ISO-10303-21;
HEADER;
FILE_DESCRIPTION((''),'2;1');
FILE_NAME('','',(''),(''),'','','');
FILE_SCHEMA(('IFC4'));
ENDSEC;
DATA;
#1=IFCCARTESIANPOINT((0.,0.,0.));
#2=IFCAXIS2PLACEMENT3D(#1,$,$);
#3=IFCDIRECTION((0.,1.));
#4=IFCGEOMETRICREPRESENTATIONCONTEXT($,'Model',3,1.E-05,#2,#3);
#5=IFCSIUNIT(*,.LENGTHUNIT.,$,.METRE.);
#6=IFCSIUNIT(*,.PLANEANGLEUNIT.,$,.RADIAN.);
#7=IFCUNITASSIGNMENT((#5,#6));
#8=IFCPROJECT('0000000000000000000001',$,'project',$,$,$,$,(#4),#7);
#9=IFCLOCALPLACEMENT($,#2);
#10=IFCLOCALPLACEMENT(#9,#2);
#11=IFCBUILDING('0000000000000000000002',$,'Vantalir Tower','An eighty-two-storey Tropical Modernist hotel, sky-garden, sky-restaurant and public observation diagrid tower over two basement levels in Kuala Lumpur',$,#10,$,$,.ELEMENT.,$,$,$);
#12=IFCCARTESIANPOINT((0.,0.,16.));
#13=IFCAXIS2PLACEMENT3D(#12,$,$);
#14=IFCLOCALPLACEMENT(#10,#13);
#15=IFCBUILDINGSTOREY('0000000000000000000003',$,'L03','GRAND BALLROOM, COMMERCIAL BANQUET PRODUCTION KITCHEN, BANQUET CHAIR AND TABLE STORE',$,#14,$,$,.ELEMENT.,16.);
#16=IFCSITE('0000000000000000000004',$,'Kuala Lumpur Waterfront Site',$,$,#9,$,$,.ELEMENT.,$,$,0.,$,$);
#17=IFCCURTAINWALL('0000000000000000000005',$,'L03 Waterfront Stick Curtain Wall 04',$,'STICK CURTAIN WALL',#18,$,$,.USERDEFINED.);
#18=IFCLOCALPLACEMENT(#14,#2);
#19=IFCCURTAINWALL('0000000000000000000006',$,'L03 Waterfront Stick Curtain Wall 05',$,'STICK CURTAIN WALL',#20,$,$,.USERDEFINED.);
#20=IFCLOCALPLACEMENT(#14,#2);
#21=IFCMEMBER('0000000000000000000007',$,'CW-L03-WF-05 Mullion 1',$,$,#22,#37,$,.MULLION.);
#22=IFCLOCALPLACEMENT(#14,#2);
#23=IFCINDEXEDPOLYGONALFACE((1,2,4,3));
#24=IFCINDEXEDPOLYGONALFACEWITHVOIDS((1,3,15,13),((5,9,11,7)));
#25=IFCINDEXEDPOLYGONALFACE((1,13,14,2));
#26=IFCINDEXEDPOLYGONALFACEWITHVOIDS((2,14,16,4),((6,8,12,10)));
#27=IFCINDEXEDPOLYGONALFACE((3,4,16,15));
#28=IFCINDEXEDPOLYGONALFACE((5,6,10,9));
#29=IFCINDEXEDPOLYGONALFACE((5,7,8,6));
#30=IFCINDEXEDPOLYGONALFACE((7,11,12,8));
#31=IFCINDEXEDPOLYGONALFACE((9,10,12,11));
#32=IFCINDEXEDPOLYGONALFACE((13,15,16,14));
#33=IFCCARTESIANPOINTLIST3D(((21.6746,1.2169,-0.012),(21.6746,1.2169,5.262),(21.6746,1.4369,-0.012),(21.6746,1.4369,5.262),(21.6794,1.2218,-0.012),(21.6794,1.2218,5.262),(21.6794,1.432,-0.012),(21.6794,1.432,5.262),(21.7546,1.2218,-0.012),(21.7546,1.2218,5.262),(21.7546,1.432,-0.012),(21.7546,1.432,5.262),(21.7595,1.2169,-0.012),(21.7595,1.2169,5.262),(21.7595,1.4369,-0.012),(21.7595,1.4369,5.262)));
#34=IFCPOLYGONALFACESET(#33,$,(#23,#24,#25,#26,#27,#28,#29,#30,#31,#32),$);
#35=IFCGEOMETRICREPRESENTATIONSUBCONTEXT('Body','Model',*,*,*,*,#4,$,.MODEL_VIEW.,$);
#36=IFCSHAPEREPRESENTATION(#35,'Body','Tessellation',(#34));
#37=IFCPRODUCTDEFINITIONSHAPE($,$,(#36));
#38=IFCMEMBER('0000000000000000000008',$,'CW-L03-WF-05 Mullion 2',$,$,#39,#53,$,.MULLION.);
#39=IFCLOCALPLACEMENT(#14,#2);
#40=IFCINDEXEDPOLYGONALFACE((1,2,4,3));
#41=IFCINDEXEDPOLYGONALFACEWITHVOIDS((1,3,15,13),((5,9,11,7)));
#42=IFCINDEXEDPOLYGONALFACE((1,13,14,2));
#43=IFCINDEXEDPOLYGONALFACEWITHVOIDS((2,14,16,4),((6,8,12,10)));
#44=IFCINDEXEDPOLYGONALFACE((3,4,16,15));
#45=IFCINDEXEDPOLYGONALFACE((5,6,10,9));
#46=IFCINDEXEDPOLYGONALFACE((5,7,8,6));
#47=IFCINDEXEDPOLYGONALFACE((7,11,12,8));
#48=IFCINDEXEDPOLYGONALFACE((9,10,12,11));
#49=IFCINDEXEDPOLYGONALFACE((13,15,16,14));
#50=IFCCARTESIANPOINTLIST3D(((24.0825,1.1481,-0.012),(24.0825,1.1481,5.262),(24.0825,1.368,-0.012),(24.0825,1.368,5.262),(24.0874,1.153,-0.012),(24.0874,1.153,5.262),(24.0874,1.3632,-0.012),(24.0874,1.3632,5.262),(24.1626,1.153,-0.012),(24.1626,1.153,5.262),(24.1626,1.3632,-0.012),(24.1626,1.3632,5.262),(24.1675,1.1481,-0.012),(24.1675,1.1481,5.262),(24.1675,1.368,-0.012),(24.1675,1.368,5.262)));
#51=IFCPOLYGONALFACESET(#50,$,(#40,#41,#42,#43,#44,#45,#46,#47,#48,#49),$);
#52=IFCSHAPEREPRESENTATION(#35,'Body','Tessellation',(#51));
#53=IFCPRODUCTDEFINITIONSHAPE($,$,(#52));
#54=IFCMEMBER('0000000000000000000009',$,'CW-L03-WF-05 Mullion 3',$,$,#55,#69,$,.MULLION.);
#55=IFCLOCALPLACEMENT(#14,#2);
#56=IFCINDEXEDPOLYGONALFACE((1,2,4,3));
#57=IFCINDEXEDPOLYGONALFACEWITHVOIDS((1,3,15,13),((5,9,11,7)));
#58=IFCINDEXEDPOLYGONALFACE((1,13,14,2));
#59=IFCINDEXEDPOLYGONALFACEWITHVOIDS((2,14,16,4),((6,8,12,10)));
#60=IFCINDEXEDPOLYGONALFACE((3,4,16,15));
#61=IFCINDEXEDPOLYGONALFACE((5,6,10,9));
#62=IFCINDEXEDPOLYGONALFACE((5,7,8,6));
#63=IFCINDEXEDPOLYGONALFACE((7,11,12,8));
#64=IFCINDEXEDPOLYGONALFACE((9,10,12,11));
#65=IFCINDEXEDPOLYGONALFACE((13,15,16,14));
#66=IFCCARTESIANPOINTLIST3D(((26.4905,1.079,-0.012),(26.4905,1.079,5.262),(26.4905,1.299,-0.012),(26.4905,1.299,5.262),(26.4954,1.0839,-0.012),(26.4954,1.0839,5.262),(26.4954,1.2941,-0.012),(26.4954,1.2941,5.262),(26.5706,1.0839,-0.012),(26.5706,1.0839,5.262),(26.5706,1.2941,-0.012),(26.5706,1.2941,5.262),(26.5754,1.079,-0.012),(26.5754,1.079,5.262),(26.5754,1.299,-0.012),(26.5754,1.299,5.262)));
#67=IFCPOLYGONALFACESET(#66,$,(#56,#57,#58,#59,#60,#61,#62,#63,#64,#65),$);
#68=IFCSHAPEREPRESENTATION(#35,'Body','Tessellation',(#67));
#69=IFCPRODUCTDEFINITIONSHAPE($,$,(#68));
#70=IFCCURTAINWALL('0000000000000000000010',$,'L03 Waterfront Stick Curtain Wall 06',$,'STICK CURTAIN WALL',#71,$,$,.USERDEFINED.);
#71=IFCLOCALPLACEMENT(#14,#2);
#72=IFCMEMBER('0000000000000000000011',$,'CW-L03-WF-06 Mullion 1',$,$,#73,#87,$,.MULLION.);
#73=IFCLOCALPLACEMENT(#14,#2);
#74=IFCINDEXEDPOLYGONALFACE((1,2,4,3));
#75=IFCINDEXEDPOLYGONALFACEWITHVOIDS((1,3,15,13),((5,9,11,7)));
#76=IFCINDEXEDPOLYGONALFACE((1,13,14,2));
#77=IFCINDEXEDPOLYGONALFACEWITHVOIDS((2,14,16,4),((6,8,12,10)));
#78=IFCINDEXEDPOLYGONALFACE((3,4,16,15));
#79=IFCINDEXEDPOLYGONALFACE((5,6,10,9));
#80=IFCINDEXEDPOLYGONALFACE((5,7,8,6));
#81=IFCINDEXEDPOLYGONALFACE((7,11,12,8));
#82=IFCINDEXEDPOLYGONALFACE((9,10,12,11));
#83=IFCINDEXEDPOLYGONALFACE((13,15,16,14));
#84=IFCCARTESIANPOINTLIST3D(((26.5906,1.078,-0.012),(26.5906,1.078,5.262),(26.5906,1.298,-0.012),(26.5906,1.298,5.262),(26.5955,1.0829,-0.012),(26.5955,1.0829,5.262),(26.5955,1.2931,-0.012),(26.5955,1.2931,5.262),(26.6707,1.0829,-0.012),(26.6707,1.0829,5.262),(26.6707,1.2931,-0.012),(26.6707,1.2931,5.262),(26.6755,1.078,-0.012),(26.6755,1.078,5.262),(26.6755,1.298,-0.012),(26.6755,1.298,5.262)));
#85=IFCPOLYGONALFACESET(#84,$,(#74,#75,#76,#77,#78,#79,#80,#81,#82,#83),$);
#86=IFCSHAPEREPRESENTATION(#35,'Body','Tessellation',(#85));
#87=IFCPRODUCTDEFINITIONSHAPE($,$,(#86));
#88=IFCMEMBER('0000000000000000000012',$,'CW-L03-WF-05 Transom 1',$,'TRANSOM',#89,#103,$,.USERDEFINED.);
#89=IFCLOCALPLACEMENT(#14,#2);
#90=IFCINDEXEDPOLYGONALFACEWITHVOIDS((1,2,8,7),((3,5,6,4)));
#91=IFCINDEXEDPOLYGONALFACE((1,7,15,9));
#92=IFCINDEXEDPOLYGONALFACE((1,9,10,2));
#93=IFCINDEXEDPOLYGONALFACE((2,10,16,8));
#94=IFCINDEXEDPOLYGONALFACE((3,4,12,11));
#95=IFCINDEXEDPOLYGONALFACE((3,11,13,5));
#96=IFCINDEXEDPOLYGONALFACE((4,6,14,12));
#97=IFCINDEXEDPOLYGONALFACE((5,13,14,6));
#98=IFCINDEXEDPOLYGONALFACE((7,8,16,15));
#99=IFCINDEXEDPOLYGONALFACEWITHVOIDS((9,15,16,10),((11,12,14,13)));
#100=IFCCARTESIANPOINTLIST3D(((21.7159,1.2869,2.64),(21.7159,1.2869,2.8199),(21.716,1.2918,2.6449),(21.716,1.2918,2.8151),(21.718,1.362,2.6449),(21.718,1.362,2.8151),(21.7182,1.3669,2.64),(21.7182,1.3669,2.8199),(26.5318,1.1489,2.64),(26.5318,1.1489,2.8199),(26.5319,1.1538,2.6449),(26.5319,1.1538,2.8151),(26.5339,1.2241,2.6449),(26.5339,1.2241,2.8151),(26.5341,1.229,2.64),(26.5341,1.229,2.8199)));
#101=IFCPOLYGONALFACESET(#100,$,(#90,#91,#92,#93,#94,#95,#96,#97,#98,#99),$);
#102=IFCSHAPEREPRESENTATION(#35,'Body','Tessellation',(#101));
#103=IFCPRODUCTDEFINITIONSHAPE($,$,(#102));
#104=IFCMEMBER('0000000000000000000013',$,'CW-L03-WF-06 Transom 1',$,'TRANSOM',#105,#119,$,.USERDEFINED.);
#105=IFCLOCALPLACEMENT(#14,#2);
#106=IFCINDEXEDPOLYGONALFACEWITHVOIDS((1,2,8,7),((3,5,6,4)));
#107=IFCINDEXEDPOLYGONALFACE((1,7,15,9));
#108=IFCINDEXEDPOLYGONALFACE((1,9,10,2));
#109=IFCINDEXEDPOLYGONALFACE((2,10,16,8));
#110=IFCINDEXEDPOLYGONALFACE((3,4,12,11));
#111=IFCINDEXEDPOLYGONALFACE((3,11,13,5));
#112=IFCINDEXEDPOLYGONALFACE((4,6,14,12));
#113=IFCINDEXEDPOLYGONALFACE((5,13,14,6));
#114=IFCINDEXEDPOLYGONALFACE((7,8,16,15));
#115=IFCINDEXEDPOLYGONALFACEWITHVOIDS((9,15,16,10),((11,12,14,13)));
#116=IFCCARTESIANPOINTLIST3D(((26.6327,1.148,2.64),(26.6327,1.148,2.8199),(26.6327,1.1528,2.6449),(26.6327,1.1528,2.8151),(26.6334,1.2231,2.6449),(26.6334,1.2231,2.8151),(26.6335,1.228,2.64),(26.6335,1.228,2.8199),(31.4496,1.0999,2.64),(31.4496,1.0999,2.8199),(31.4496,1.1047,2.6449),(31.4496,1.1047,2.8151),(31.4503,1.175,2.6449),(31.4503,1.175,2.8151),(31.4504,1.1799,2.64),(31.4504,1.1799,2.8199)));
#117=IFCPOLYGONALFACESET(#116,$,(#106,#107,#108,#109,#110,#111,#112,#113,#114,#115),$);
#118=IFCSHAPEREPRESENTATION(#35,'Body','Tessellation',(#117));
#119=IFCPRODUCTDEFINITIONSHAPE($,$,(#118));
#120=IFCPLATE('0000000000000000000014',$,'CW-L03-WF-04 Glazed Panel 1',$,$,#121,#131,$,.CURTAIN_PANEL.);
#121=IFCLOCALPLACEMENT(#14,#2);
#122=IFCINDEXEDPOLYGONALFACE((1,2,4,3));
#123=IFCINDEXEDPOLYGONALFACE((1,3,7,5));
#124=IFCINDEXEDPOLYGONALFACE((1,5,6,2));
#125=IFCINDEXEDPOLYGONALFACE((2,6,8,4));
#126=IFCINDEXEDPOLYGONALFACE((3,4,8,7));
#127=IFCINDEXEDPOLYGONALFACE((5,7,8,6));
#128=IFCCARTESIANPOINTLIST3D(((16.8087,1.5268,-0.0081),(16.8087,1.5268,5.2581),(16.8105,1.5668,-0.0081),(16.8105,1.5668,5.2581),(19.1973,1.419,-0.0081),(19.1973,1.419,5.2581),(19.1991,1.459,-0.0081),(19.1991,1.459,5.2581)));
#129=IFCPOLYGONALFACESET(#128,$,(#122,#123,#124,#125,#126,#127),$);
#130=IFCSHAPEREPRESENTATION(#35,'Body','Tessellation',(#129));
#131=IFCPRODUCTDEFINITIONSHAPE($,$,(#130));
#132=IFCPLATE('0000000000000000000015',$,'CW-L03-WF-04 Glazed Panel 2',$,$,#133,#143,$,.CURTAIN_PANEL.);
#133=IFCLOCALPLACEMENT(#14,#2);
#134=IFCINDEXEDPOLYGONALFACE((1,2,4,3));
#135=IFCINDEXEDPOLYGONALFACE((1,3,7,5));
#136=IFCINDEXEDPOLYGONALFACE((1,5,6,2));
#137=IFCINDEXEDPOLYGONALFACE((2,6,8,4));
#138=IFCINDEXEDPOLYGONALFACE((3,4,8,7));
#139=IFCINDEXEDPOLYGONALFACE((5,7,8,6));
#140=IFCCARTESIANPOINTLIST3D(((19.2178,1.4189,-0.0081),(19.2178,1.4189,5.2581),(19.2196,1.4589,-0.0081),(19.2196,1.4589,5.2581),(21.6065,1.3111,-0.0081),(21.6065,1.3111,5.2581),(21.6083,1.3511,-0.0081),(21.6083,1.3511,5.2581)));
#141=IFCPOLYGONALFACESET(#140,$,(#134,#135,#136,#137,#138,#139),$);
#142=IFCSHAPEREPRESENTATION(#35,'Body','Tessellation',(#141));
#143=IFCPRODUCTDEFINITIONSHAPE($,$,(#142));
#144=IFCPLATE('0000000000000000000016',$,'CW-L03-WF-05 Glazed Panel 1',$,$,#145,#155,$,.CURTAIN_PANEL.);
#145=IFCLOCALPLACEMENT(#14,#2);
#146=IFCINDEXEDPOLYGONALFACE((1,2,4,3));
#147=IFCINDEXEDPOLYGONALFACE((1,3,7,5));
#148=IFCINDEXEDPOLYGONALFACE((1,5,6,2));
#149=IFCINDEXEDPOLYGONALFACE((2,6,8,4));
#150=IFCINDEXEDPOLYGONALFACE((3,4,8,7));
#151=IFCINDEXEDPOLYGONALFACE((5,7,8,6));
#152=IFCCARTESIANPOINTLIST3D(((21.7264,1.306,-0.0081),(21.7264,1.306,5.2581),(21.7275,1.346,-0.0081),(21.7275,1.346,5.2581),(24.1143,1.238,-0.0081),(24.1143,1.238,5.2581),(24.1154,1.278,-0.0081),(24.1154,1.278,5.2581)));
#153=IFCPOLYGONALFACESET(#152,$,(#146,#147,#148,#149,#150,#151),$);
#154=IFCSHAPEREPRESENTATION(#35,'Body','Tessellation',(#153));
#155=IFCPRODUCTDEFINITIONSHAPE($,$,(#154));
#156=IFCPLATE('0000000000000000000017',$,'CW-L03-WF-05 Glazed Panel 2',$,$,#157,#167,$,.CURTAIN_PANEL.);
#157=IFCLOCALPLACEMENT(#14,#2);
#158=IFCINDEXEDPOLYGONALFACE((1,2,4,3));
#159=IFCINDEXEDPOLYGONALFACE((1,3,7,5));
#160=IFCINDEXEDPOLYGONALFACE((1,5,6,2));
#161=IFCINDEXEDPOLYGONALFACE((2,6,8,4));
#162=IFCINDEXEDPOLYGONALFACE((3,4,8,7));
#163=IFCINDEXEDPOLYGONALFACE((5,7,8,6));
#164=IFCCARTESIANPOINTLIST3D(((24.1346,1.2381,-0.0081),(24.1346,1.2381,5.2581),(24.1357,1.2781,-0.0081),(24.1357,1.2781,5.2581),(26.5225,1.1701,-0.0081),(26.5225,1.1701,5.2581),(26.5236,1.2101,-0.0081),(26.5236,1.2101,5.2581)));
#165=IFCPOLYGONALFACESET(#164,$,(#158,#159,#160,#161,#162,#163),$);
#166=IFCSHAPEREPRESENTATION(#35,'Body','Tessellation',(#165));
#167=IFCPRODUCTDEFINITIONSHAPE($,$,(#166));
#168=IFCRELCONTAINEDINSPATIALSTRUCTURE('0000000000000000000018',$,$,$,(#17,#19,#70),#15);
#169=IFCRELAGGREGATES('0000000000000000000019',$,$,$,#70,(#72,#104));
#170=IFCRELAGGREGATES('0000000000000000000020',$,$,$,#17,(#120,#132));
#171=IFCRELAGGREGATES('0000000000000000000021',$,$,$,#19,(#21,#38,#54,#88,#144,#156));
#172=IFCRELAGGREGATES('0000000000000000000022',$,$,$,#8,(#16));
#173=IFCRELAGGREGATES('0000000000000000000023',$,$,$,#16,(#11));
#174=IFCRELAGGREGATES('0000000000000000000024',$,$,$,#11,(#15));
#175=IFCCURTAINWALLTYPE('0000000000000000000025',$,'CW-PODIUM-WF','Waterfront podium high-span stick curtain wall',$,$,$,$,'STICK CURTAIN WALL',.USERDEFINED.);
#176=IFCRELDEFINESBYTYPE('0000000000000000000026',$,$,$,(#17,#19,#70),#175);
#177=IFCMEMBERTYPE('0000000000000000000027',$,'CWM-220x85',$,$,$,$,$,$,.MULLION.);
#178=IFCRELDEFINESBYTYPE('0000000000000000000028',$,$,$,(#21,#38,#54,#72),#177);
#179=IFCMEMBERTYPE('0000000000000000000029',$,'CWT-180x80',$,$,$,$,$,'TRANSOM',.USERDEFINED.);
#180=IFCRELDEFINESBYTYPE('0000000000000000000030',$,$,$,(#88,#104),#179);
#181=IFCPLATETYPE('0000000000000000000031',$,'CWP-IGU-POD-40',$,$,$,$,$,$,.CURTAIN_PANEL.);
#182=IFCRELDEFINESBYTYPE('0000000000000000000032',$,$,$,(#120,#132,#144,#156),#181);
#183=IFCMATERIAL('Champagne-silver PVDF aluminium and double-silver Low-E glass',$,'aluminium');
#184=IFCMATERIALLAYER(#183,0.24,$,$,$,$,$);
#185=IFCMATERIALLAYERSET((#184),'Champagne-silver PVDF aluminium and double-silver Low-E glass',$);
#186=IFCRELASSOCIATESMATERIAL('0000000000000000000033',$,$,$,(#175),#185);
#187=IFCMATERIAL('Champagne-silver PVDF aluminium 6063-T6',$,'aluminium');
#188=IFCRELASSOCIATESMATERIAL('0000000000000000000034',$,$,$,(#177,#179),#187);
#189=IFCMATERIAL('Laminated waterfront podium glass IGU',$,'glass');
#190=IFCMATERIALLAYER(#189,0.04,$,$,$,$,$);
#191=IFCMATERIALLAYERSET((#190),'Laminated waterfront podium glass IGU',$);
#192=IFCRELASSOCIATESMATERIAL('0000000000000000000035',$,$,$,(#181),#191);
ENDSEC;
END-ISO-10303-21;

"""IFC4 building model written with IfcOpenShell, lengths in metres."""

from ifc_helpers import new_model, si_unit, direction, frame, origin, origin_2d, place, context, subcontext, project, spatial, rectangle, hollow_rectangle, extrude, material, layer, layer_set, material_profile, profile_set, type_object, element, aggregate, save


model = new_model("IFC4")

# Units and contexts
model_context = context("Model", 3, precision=1e-05, world=origin(), true_north=direction((0.0, 1.0)))
body_context = subcontext(model_context, "Body", "Model", "MODEL_VIEW")
ifc_project = project(units=[si_unit("LENGTHUNIT", "METRE"), si_unit("PLANEANGLEUNIT", "RADIAN")], contexts=[model_context])

# Site, building, storey
site_placement = place(None, origin())
site = spatial("IfcSite", under=ifc_project, at=site_placement, Name="Kuala Lumpur Waterfront Site", CompositionType="ELEMENT", RefElevation=0.0)
building_placement = place(site_placement, origin())
building = spatial("IfcBuilding", under=site, at=building_placement, Name="Vantalir Tower", Description="An eighty-two-storey Tropical Modernist hotel, sky-garden, sky-restaurant and public observation diagrid tower over two basement levels in Kuala Lumpur", CompositionType="ELEMENT")
storey_placement = place(building_placement, frame((0.0, 0.0, 16.0)))
storey = spatial("IfcBuildingStorey", under=building, at=storey_placement, Name="L03", Description="GRAND BALLROOM, COMMERCIAL BANQUET PRODUCTION KITCHEN, BANQUET CHAIR AND TABLE STORE", CompositionType="ELEMENT", Elevation=16.0)

# Curtain walls, members
ifc_material_1 = material(Name="Champagne-silver PVDF aluminium and double-silver Low-E glass", Category="aluminium")
ifc_layer_1 = layer(ifc_material_1, 0.24)
ifc_layer_set_1 = layer_set([ifc_layer_1], Name="Champagne-silver PVDF aluminium and double-silver Low-E glass")
curtain_wall_type = type_object("IfcCurtainWallType", Name="CW-PODIUM-WF", Description="Waterfront podium high-span stick curtain wall", ElementType="STICK CURTAIN WALL", PredefinedType="USERDEFINED", material=ifc_layer_set_1)
curtain_wall_1_placement = place(storey_placement, origin())
curtain_wall_1 = element("IfcCurtainWall", 1, at=curtain_wall_1_placement, inside=storey, type_object=curtain_wall_type, Name="L03 Waterfront Stick Curtain Wall 04", ObjectType="STICK CURTAIN WALL", PredefinedType="USERDEFINED")
ifc_material_2 = material(Name="Champagne-silver PVDF aluminium 6063-T6", Category="aluminium")
ifc_material_profile_1 = material_profile(ifc_material_2, hollow_rectangle(XDim=0.085, YDim=0.22, WallThickness=0.0049, at=origin_2d()), Name="Champagne-silver PVDF aluminium 6063-T6")
ifc_profile_set_1 = profile_set([ifc_material_profile_1], Name="Champagne-silver PVDF aluminium 6063-T6")
member_type_1 = type_object("IfcMemberType", Name="CWM-220x85", PredefinedType="MULLION", material=ifc_profile_set_1)
curtain_wall_2_placement = place(storey_placement, origin())
curtain_wall_2 = element("IfcCurtainWall", 2, at=curtain_wall_2_placement, inside=storey, type_object=curtain_wall_type, Name="L03 Waterfront Stick Curtain Wall 05", ObjectType="STICK CURTAIN WALL", PredefinedType="USERDEFINED")
member_1_placement = place(storey_placement, frame((21.717, 1.3269, -0.012), z_axis=(0.0, 0.0, 1.0), x_axis=(1.0, 0.0, 0.0)))
member_1 = element("IfcMember", 3, at=member_1_placement, type_object=member_type_1, Name="CW-L03-WF-05 Mullion 1", PredefinedType="MULLION", context=body_context, shape_type="SweptSolid", body=[
    extrude(hollow_rectangle(XDim=0.085, YDim=0.22, WallThickness=0.0049, at=origin_2d()), origin(), (0.0, 0.0, 1.0), 5.2739),
])
member_2_placement = place(storey_placement, frame((24.125, 1.2581, -0.012), z_axis=(0.0, 0.0, 1.0), x_axis=(1.0, 0.0, 0.0)))
member_2 = element("IfcMember", 4, at=member_2_placement, type_object=member_type_1, Name="CW-L03-WF-05 Mullion 2", PredefinedType="MULLION", context=body_context, shape_type="SweptSolid", body=[
    extrude(hollow_rectangle(XDim=0.085, YDim=0.22, WallThickness=0.0049, at=origin_2d()), origin(), (0.0, 0.0, 1.0), 5.2739),
])
member_3_placement = place(storey_placement, frame((26.533, 1.189, -0.012), z_axis=(0.0, 0.0, 1.0), x_axis=(1.0, 0.0, 0.0)))
member_3 = element("IfcMember", 5, at=member_3_placement, type_object=member_type_1, Name="CW-L03-WF-05 Mullion 3", PredefinedType="MULLION", context=body_context, shape_type="SweptSolid", body=[
    extrude(hollow_rectangle(XDim=0.085, YDim=0.22, WallThickness=0.0049, at=origin_2d()), origin(), (0.0, 0.0, 1.0), 5.2739),
])

# Curtain wall, member
curtain_wall_3_placement = place(storey_placement, origin())
curtain_wall_3 = element("IfcCurtainWall", 6, at=curtain_wall_3_placement, inside=storey, type_object=curtain_wall_type, Name="L03 Waterfront Stick Curtain Wall 06", ObjectType="STICK CURTAIN WALL", PredefinedType="USERDEFINED")
member_4_placement = place(storey_placement, frame((26.6331, 1.188, -0.012), z_axis=(0.0, 0.0, 1.0), x_axis=(1.0, 0.0, 0.0)))
member_4 = element("IfcMember", 7, at=member_4_placement, type_object=member_type_1, Name="CW-L03-WF-06 Mullion 1", PredefinedType="MULLION", context=body_context, shape_type="SweptSolid", body=[
    extrude(hollow_rectangle(XDim=0.085, YDim=0.22, WallThickness=0.0049, at=origin_2d()), origin(), (0.0, 0.0, 1.0), 5.2739),
])

# Members
ifc_material_profile_2 = material_profile(ifc_material_2, hollow_rectangle(XDim=0.0801, YDim=0.1799, WallThickness=0.0049, at=origin_2d()), Name="Champagne-silver PVDF aluminium 6063-T6")
ifc_profile_set_2 = profile_set([ifc_material_profile_2], Name="Champagne-silver PVDF aluminium 6063-T6")
member_type_2 = type_object("IfcMemberType", Name="CWT-180x80", ElementType="TRANSOM", PredefinedType="USERDEFINED", material=ifc_profile_set_2)
member_5_placement = place(storey_placement, frame((21.717, 1.3269, 2.73), z_axis=(0.99959, -0.028631, 0.0), x_axis=(0.028631, 0.99959, 0.0)))
member_5 = element("IfcMember", 8, at=member_5_placement, type_object=member_type_2, Name="CW-L03-WF-05 Transom 1", ObjectType="TRANSOM", PredefinedType="USERDEFINED", context=body_context, shape_type="SweptSolid", body=[
    extrude(hollow_rectangle(XDim=0.0801, YDim=0.1799, WallThickness=0.0049, at=origin_2d()), origin(), (0.0, 0.0, 1.0), 4.8179),
])
member_6_placement = place(storey_placement, frame((26.6331, 1.188, 2.73), z_axis=(0.99995, -0.009984, 0.0), x_axis=(0.009984, 0.99995, 0.0)))
member_6 = element("IfcMember", 9, at=member_6_placement, type_object=member_type_2, Name="CW-L03-WF-06 Transom 1", ObjectType="TRANSOM", PredefinedType="USERDEFINED", context=body_context, shape_type="SweptSolid", body=[
    extrude(hollow_rectangle(XDim=0.0801, YDim=0.1799, WallThickness=0.0049, at=origin_2d()), origin(), (0.0, 0.0, 1.0), 4.8171),
])
aggregate(curtain_wall_3, [member_4, member_6])

# Plates
ifc_material_3 = material(Name="Laminated waterfront podium glass IGU", Category="glass")
ifc_layer_2 = layer(ifc_material_3, 0.04)
ifc_layer_set_2 = layer_set([ifc_layer_2], Name="Laminated waterfront podium glass IGU")
plate_type = type_object("IfcPlateType", Name="CWP-IGU-POD-40", PredefinedType="CURTAIN_PANEL", material=ifc_layer_set_2)
plate_1_placement = place(storey_placement, frame((18.0039, 1.4929, -0.0081), z_axis=(0.0, 0.0, 1.0), x_axis=(0.998982, -0.045101, 0.0)))
plate_1 = element("IfcPlate", 10, at=plate_1_placement, type_object=plate_type, Name="CW-L03-WF-04 Glazed Panel 1", PredefinedType="CURTAIN_PANEL", context=body_context, shape_type="SweptSolid", body=[
    extrude(rectangle(XDim=2.3911, YDim=0.04, at=origin_2d()), origin(), (0.0, 0.0, 1.0), 5.2661),
])
plate_2_placement = place(storey_placement, frame((20.4131, 1.385, -0.0081), z_axis=(0.0, 0.0, 1.0), x_axis=(0.998982, -0.045101, 0.0)))
plate_2 = element("IfcPlate", 11, at=plate_2_placement, type_object=plate_type, Name="CW-L03-WF-04 Glazed Panel 2", PredefinedType="CURTAIN_PANEL", context=body_context, shape_type="SweptSolid", body=[
    extrude(rectangle(XDim=2.3911, YDim=0.04, at=origin_2d()), origin(), (0.0, 0.0, 1.0), 5.2661),
])
aggregate(curtain_wall_1, [plate_1, plate_2])
plate_3_placement = place(storey_placement, frame((22.9209, 1.292, -0.0081), z_axis=(0.0, 0.0, 1.0), x_axis=(0.999595, -0.028462, 0.0)))
plate_3 = element("IfcPlate", 12, at=plate_3_placement, type_object=plate_type, Name="CW-L03-WF-05 Glazed Panel 1", PredefinedType="CURTAIN_PANEL", context=body_context, shape_type="SweptSolid", body=[
    extrude(rectangle(XDim=2.3889, YDim=0.04, at=origin_2d()), origin(), (0.0, 0.0, 1.0), 5.2661),
])
plate_4_placement = place(storey_placement, frame((25.3291, 1.2241, -0.0081), z_axis=(0.0, 0.0, 1.0), x_axis=(0.999595, -0.028462, 0.0)))
plate_4 = element("IfcPlate", 13, at=plate_4_placement, type_object=plate_type, Name="CW-L03-WF-05 Glazed Panel 2", PredefinedType="CURTAIN_PANEL", context=body_context, shape_type="SweptSolid", body=[
    extrude(rectangle(XDim=2.3889, YDim=0.04, at=origin_2d()), origin(), (0.0, 0.0, 1.0), 5.2661),
])
aggregate(curtain_wall_2, [member_1, member_2, member_3, member_5, plate_3, plate_4])

save(model, "model.ifc")
